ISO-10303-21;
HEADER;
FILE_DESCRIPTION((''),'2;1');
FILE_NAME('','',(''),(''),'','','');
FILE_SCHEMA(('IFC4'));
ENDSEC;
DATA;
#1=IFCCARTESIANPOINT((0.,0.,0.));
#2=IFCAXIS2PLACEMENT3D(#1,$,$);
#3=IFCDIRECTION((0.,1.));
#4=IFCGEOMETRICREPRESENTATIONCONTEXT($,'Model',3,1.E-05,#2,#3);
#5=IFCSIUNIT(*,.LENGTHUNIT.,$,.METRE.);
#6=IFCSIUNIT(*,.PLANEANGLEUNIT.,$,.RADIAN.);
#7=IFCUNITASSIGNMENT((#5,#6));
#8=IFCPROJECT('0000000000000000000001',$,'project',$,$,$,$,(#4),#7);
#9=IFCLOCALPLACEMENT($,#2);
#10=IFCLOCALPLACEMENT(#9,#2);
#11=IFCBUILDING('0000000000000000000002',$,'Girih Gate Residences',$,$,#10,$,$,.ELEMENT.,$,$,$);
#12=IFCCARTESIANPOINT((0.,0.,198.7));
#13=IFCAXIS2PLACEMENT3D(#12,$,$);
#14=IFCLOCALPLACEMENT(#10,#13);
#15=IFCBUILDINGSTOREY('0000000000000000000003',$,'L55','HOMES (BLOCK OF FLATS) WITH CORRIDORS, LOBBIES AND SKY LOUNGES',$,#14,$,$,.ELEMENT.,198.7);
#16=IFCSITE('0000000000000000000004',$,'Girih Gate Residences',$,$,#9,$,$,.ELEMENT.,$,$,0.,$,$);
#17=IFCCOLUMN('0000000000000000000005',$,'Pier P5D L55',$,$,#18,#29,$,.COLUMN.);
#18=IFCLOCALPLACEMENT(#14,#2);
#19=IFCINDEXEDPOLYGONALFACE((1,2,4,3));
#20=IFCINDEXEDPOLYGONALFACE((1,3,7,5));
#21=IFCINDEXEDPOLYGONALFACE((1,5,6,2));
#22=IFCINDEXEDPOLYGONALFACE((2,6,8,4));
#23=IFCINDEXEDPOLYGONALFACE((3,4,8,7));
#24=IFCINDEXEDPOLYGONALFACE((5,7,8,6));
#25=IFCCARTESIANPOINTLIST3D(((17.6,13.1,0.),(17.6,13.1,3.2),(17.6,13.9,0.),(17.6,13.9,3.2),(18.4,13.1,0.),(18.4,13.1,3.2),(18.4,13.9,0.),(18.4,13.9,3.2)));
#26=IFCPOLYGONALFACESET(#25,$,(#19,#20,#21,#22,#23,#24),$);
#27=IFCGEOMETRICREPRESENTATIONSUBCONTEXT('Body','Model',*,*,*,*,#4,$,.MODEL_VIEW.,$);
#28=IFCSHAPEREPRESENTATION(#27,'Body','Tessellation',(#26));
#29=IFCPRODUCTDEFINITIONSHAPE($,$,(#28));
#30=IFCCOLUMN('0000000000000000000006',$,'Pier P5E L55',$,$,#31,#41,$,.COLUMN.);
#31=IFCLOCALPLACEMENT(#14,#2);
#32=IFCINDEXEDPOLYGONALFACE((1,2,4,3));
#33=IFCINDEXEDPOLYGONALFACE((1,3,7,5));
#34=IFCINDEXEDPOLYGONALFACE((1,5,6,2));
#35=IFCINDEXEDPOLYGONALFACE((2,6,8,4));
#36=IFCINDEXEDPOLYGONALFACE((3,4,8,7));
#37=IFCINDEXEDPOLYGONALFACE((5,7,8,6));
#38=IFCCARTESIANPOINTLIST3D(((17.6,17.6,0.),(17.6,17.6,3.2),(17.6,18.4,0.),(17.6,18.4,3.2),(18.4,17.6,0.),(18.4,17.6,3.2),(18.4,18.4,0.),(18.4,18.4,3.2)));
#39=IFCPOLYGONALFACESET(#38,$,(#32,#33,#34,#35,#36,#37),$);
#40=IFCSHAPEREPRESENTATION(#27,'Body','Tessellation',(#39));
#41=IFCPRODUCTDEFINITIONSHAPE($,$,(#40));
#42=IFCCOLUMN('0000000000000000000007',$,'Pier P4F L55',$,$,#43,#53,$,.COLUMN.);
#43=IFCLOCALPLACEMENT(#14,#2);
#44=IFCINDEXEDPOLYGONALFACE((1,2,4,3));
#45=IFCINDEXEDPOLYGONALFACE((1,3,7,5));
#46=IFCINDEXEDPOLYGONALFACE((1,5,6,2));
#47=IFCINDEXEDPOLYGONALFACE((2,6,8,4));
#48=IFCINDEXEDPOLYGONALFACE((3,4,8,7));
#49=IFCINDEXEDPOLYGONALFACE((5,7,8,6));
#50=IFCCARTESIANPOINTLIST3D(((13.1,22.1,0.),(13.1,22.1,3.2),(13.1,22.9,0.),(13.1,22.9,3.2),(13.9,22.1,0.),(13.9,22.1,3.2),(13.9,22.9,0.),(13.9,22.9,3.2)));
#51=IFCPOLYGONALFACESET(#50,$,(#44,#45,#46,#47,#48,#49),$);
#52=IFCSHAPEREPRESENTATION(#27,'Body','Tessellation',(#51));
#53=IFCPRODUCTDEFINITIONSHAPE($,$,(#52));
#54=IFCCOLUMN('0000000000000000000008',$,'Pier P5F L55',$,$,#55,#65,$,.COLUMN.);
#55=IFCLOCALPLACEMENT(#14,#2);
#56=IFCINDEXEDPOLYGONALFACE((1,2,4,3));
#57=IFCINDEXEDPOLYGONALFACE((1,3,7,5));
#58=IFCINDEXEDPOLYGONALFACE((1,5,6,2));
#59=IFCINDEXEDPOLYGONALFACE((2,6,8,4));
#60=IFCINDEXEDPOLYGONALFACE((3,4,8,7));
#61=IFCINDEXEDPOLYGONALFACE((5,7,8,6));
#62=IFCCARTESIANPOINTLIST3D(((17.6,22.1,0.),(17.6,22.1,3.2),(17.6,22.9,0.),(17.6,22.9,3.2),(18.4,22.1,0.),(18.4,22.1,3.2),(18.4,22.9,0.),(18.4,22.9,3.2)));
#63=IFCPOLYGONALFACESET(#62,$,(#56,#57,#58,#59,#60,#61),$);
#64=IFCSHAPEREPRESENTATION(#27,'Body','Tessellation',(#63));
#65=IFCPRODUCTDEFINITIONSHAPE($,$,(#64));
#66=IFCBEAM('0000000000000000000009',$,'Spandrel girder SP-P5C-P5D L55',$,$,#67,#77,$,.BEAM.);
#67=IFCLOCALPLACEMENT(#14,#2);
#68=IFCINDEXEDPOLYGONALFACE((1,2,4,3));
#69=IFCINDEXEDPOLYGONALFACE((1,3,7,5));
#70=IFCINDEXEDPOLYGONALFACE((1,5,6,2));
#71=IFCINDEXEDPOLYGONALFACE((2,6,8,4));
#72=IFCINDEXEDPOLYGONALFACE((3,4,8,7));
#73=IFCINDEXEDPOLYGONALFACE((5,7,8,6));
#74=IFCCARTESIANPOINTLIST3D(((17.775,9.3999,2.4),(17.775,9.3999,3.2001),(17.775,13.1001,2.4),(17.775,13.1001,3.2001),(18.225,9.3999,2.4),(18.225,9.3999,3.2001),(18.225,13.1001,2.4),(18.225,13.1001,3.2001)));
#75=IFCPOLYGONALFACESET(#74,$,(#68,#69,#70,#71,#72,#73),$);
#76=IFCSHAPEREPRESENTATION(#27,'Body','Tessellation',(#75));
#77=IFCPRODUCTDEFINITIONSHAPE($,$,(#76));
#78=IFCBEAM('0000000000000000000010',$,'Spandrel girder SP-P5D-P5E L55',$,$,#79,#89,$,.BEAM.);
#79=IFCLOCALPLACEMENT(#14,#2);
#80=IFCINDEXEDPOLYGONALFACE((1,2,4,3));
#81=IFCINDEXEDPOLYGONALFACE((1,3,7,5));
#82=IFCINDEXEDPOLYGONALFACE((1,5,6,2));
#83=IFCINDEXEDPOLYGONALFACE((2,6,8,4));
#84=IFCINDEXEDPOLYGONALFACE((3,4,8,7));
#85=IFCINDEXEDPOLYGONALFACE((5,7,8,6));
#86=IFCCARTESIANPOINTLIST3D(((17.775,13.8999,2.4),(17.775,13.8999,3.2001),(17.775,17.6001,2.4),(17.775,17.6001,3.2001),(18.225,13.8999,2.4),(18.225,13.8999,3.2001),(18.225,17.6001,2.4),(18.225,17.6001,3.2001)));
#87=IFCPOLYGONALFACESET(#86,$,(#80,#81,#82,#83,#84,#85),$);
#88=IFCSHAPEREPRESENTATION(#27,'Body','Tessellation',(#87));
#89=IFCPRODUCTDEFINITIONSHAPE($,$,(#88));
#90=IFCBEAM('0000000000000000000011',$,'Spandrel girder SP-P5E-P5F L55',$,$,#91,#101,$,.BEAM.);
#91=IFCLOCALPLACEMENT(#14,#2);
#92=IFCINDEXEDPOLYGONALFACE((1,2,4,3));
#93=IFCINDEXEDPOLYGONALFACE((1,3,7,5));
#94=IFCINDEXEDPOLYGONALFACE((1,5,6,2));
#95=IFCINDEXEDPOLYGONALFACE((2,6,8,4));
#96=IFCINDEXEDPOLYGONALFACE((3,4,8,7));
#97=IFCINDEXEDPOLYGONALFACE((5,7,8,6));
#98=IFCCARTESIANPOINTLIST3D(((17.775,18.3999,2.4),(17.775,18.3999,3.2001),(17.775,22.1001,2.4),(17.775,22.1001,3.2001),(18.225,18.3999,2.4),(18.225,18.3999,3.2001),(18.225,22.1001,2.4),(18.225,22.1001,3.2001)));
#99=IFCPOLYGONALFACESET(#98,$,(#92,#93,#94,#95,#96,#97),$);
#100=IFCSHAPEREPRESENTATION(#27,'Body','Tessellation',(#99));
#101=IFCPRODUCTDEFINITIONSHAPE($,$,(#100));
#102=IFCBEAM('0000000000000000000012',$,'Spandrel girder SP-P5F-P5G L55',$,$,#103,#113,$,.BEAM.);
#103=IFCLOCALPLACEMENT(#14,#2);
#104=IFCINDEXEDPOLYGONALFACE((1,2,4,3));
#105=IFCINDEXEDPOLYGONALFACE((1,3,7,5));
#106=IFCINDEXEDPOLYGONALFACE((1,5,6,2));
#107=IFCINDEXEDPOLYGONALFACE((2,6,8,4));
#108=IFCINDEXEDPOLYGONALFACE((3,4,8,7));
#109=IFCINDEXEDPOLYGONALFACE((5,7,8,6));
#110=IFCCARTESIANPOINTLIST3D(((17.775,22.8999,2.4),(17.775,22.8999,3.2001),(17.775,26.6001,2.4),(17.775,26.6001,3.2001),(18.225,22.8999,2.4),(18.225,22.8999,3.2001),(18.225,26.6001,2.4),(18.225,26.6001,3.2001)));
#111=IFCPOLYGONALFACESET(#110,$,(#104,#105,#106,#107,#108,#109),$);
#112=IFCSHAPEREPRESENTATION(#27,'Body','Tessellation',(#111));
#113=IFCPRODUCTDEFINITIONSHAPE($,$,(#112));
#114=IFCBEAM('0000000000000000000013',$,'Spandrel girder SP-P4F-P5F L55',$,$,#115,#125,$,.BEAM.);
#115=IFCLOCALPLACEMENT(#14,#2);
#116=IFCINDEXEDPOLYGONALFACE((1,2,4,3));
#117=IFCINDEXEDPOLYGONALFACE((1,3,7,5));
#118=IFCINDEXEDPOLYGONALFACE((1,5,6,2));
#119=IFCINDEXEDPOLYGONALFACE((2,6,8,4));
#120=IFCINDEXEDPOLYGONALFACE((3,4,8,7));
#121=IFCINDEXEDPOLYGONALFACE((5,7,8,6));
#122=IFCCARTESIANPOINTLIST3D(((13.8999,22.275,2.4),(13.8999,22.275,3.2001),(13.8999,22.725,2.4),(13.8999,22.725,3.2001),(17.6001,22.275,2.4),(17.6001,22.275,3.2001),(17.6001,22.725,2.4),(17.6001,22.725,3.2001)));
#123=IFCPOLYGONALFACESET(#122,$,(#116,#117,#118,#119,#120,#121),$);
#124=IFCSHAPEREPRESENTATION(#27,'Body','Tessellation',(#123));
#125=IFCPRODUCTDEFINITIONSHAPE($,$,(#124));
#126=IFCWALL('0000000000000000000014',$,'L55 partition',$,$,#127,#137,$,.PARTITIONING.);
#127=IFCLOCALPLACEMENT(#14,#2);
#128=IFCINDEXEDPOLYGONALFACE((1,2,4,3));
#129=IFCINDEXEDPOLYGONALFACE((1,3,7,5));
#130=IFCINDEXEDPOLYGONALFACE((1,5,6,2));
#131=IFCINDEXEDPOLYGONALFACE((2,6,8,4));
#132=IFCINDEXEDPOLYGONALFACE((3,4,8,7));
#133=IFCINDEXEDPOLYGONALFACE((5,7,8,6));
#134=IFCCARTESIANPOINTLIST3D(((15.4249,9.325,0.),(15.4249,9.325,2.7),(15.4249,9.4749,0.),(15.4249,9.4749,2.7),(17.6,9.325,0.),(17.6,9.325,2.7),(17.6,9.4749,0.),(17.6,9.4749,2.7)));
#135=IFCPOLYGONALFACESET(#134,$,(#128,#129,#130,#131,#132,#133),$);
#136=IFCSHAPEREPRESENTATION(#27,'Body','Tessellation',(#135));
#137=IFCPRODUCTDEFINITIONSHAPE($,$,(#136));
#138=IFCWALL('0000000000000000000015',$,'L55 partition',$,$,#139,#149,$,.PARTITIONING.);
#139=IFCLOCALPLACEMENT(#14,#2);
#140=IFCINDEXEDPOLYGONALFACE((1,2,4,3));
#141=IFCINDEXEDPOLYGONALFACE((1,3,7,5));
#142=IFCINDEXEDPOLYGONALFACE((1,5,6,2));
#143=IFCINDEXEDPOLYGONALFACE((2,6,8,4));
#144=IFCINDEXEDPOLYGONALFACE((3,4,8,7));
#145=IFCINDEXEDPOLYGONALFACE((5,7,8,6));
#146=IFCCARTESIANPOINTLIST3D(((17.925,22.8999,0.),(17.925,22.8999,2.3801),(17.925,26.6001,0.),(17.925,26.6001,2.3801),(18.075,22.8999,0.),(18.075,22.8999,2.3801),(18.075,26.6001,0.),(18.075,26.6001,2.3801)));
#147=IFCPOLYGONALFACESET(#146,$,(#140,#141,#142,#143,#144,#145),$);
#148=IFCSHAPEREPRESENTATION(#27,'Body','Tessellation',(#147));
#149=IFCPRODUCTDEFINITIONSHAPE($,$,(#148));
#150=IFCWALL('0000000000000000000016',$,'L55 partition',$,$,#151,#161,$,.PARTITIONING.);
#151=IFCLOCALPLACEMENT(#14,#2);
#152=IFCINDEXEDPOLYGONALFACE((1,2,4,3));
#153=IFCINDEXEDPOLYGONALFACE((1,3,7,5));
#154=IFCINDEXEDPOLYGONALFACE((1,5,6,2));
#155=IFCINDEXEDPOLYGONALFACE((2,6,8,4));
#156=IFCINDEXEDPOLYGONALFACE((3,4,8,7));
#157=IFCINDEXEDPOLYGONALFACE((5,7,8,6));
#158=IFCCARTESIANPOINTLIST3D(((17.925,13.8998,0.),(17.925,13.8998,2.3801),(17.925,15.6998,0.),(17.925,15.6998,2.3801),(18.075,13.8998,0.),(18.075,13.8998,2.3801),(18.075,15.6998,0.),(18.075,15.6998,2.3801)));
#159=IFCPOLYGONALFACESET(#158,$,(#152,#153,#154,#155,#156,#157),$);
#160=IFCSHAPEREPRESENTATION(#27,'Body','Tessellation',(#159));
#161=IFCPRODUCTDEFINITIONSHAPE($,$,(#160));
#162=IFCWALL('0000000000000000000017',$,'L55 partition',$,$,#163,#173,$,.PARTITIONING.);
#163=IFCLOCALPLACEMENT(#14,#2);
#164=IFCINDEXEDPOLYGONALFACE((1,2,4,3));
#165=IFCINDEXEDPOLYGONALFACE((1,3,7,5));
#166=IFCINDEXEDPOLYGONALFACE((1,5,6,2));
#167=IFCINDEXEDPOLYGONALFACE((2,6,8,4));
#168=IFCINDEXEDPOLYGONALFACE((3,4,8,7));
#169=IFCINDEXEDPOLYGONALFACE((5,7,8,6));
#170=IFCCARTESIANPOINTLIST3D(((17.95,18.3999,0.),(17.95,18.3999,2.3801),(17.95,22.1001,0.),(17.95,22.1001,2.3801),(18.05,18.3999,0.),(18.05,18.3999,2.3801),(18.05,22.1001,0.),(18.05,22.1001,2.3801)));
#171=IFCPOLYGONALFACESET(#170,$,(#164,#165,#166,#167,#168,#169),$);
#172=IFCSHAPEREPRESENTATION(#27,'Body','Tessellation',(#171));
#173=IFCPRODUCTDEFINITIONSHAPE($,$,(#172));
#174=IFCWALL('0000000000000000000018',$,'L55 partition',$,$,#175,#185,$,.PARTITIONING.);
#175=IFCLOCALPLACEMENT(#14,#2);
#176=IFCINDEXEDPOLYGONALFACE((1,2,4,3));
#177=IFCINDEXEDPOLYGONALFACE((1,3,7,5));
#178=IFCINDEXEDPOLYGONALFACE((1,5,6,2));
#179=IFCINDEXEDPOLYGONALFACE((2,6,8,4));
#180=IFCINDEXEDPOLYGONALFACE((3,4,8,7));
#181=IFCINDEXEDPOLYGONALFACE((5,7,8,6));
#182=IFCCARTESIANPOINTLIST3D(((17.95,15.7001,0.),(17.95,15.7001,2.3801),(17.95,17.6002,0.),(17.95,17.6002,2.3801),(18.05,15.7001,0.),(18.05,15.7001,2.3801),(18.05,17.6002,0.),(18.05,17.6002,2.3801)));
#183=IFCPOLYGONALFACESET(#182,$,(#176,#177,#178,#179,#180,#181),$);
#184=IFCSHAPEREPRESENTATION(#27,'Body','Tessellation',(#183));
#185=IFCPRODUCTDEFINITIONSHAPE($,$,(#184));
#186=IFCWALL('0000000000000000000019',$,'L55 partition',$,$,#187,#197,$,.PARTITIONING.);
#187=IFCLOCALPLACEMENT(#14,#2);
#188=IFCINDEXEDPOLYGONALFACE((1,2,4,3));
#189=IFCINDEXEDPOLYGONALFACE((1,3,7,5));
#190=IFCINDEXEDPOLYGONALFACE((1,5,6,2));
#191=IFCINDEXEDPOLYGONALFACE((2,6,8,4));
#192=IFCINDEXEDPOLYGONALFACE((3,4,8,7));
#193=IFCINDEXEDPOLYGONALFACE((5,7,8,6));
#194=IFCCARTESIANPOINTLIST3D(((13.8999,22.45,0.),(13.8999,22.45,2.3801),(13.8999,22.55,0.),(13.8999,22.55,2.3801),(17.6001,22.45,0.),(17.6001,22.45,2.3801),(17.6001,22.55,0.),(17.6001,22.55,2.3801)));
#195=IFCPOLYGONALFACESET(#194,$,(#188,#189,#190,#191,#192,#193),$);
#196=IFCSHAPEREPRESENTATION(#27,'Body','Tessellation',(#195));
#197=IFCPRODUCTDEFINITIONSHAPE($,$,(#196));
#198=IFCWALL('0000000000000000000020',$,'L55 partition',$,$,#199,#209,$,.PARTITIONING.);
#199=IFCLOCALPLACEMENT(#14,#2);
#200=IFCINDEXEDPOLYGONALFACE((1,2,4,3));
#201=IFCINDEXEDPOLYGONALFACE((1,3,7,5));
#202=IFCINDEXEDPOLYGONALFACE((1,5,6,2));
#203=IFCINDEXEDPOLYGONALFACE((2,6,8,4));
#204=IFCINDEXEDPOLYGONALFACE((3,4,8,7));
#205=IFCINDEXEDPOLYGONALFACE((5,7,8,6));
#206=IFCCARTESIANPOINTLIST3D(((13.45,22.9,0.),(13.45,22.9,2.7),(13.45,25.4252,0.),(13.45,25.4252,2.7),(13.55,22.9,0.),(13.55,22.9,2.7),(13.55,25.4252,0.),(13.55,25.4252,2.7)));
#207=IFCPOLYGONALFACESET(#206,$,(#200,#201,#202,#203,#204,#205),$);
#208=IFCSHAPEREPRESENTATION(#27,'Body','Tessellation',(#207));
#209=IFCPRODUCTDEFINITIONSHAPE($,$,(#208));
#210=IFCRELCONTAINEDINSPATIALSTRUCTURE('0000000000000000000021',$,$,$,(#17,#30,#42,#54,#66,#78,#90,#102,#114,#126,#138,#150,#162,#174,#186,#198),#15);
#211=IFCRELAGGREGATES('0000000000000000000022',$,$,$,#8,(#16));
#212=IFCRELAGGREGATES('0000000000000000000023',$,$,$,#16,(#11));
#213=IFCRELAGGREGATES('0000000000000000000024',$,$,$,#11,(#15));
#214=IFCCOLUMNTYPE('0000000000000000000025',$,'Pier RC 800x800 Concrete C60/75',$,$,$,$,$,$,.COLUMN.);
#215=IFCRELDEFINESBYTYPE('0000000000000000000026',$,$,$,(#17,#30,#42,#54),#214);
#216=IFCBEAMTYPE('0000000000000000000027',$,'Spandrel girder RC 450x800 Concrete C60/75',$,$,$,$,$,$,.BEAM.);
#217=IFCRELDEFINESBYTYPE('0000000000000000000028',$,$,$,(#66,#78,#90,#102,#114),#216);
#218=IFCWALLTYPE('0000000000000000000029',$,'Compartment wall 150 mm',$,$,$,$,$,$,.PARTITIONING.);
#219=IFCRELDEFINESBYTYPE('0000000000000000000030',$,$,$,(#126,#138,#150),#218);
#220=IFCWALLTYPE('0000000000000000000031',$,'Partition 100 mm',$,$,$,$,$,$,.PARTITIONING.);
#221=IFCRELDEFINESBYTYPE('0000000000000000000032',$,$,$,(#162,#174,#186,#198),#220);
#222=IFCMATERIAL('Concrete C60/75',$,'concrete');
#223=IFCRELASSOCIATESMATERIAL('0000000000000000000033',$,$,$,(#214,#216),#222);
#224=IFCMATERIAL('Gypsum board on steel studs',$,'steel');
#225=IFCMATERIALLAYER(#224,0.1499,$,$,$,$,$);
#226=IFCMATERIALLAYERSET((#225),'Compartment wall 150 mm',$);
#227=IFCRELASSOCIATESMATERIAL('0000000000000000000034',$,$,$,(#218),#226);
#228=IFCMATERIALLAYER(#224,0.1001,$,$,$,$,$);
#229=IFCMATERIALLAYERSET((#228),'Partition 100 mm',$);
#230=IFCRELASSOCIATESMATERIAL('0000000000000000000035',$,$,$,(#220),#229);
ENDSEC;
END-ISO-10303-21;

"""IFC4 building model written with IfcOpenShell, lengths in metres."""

from ifc_helpers import new_model, si_unit, direction, frame, frame_2d, origin, origin_2d, place, context, subcontext, project, spatial, rectangle, extrude, material, layer, layer_set, material_profile, profile_set, type_object, element, save


model = new_model("IFC4")

# Units and contexts
model_context = context("Model", 3, precision=1e-05, world=origin(), true_north=direction((0.0, 1.0)))
body_context = subcontext(model_context, "Body", "Model", "MODEL_VIEW")
ifc_project = project(units=[si_unit("LENGTHUNIT", "METRE"), si_unit("PLANEANGLEUNIT", "RADIAN")], contexts=[model_context])

# Site, building, storey
site_placement = place(None, origin())
site = spatial("IfcSite", under=ifc_project, at=site_placement, Name="Girih Gate Residences", CompositionType="ELEMENT", RefElevation=0.0)
building_placement = place(site_placement, origin())
building = spatial("IfcBuilding", under=site, at=building_placement, Name="Girih Gate Residences", CompositionType="ELEMENT")
storey_placement = place(building_placement, frame((0.0, 0.0, 198.7)))
storey = spatial("IfcBuildingStorey", under=building, at=storey_placement, Name="L55", Description="HOMES (BLOCK OF FLATS) WITH CORRIDORS, LOBBIES AND SKY LOUNGES", CompositionType="ELEMENT", Elevation=198.7)

# Columns
ifc_material_1 = material(Name="Concrete C60/75", Category="concrete")
ifc_material_profile_1 = material_profile(ifc_material_1, rectangle(XDim=0.8, YDim=0.8, at=origin_2d()))
ifc_profile_set_1 = profile_set([ifc_material_profile_1], Name="Concrete C60/75")
column_type = type_object("IfcColumnType", Name="Pier RC 800x800 Concrete C60/75", PredefinedType="COLUMN", material=ifc_profile_set_1)
for number, where, z_axis, x_axis, name in (
    (1, (18.0, 13.5, 0.0), (0.0, 0.0, 1.0), (1.0, 0.0, 0.0), "Pier P5D L55"),
    (2, (18.0, 18.0, 0.0), (0.0, 0.0, 1.0), (1.0, 0.0, 0.0), "Pier P5E L55"),
    (3, (13.5, 22.5, 0.0), (0.0, 0.0, 1.0), (1.0, 0.0, 0.0), "Pier P4F L55"),
    (4, (18.0, 22.5, 0.0), (0.0, 0.0, 1.0), (1.0, 0.0, 0.0), "Pier P5F L55"),
):
    element("IfcColumn", number, at=place(storey_placement, frame(where, z_axis=z_axis, x_axis=x_axis)), inside=storey, type_object=column_type, Name=name, PredefinedType="COLUMN", context=body_context, shape_type="SweptSolid", body=[
        extrude(rectangle(XDim=0.8, YDim=0.8, at=origin_2d()), origin(), (0.0, 0.0, 1.0), 3.2),
    ])

# Beams
ifc_material_profile_2 = material_profile(ifc_material_1, rectangle(XDim=0.45, YDim=0.8, at=origin_2d()))
ifc_profile_set_2 = profile_set([ifc_material_profile_2], Name="Concrete C60/75")
beam_type = type_object("IfcBeamType", Name="Spandrel girder RC 450x800 Concrete C60/75", PredefinedType="BEAM", material=ifc_profile_set_2)
for number, where, z_axis, x_axis, name in (
    (5, (18.0, 9.3999, 2.8), (0.0, 1.0, 0.0), (-1.0, 0.0, 0.0), "Spandrel girder SP-P5C-P5D L55"),
    (6, (18.0, 13.8999, 2.8), (0.0, 1.0, 0.0), (-1.0, 0.0, 0.0), "Spandrel girder SP-P5D-P5E L55"),
    (7, (18.0, 18.3999, 2.8), (0.0, 1.0, 0.0), (-1.0, 0.0, 0.0), "Spandrel girder SP-P5E-P5F L55"),
    (8, (18.0, 22.8999, 2.8), (0.0, 1.0, 0.0), (-1.0, 0.0, 0.0), "Spandrel girder SP-P5F-P5G L55"),
    (9, (13.8999, 22.5, 2.8), (1.0, 0.0, 0.0), (0.0, 1.0, 0.0), "Spandrel girder SP-P4F-P5F L55"),
):
    element("IfcBeam", number, at=place(storey_placement, frame(where, z_axis=z_axis, x_axis=x_axis)), inside=storey, type_object=beam_type, Name=name, PredefinedType="BEAM", context=body_context, shape_type="SweptSolid", body=[
        extrude(rectangle(XDim=0.45, YDim=0.8, at=origin_2d()), origin(), (0.0, 0.0, 1.0), 3.7002),
    ])

# Wall
ifc_material_2 = material(Name="Gypsum board on steel studs", Category="steel")
ifc_layer_1 = layer(ifc_material_2, 0.1499)
ifc_layer_set_1 = layer_set([ifc_layer_1], Name="Compartment wall 150 mm")
wall_type_1 = type_object("IfcWallType", Name="Compartment wall 150 mm", PredefinedType="PARTITIONING", material=ifc_layer_set_1)
wall_1_placement = place(storey_placement, frame((15.425, 9.3999, 0.0), z_axis=(0.0, 0.0, 1.0), x_axis=(1.0, 0.0, 0.0)))
element("IfcWall", 10, at=wall_1_placement, inside=storey, type_object=wall_type_1, Name="L55 partition", PredefinedType="PARTITIONING", context=body_context, shape_type="SweptSolid", body=[
    extrude(rectangle(XDim=2.175, YDim=0.1499, at=frame_2d((1.0874, 0.0))), origin(), (0.0, 0.0, 1.0), 2.7),
])

# Walls
wall_2_placement = place(storey_placement, frame((18.0, 22.8999, 0.0), z_axis=(0.0, 0.0, 1.0), x_axis=(0.0, 1.0, 0.0)))
element("IfcWall", 11, at=wall_2_placement, inside=storey, type_object=wall_type_1, Name="L55 partition", PredefinedType="PARTITIONING", context=body_context, shape_type="SweptSolid", body=[
    extrude(rectangle(XDim=3.7002, YDim=0.1499, at=frame_2d((1.8501, 0.0))), origin(), (0.0, 0.0, 1.0), 2.3801),
])
wall_3_placement = place(storey_placement, frame((18.0, 13.8999, 0.0), z_axis=(0.0, 0.0, 1.0), x_axis=(0.0, 1.0, 0.0)))
element("IfcWall", 12, at=wall_3_placement, inside=storey, type_object=wall_type_1, Name="L55 partition", PredefinedType="PARTITIONING", context=body_context, shape_type="SweptSolid", body=[
    extrude(rectangle(XDim=1.8, YDim=0.1499, at=frame_2d((0.8999, 0.0))), origin(), (0.0, 0.0, 1.0), 2.3801),
])
ifc_layer_2 = layer(ifc_material_2, 0.1001)
ifc_layer_set_2 = layer_set([ifc_layer_2], Name="Partition 100 mm")
wall_type_2 = type_object("IfcWallType", Name="Partition 100 mm", PredefinedType="PARTITIONING", material=ifc_layer_set_2)
wall_4_placement = place(storey_placement, frame((18.0, 18.3999, 0.0), z_axis=(0.0, 0.0, 1.0), x_axis=(0.0, 1.0, 0.0)))
element("IfcWall", 13, at=wall_4_placement, inside=storey, type_object=wall_type_2, Name="L55 partition", PredefinedType="PARTITIONING", context=body_context, shape_type="SweptSolid", body=[
    extrude(rectangle(XDim=3.7002, YDim=0.1001, at=frame_2d((1.8501, 0.0))), origin(), (0.0, 0.0, 1.0), 2.3801),
])
wall_5_placement = place(storey_placement, frame((18.0, 15.7, 0.0), z_axis=(0.0, 0.0, 1.0), x_axis=(0.0, 1.0, 0.0)))
element("IfcWall", 14, at=wall_5_placement, inside=storey, type_object=wall_type_2, Name="L55 partition", PredefinedType="PARTITIONING", context=body_context, shape_type="SweptSolid", body=[
    extrude(rectangle(XDim=1.9001, YDim=0.1001, at=frame_2d((0.9502, 0.0))), origin(), (0.0, 0.0, 1.0), 2.3801),
])
wall_6_placement = place(storey_placement, frame((13.8999, 22.5, 0.0), z_axis=(0.0, 0.0, 1.0), x_axis=(1.0, 0.0, 0.0)))
element("IfcWall", 15, at=wall_6_placement, inside=storey, type_object=wall_type_2, Name="L55 partition", PredefinedType="PARTITIONING", context=body_context, shape_type="SweptSolid", body=[
    extrude(rectangle(XDim=3.7002, YDim=0.1001, at=frame_2d((1.8501, 0.0))), origin(), (0.0, 0.0, 1.0), 2.3801),
])
wall_7_placement = place(storey_placement, frame((13.5, 22.8999, 0.0), z_axis=(0.0, 0.0, 1.0), x_axis=(0.0, 1.0, 0.0)))
element("IfcWall", 16, at=wall_7_placement, inside=storey, type_object=wall_type_2, Name="L55 partition", PredefinedType="PARTITIONING", context=body_context, shape_type="SweptSolid", body=[
    extrude(rectangle(XDim=2.5251, YDim=0.1001, at=frame_2d((1.2627, 0.0))), origin(), (0.0, 0.0, 1.0), 2.7),
])

save(model, "model.ifc")
